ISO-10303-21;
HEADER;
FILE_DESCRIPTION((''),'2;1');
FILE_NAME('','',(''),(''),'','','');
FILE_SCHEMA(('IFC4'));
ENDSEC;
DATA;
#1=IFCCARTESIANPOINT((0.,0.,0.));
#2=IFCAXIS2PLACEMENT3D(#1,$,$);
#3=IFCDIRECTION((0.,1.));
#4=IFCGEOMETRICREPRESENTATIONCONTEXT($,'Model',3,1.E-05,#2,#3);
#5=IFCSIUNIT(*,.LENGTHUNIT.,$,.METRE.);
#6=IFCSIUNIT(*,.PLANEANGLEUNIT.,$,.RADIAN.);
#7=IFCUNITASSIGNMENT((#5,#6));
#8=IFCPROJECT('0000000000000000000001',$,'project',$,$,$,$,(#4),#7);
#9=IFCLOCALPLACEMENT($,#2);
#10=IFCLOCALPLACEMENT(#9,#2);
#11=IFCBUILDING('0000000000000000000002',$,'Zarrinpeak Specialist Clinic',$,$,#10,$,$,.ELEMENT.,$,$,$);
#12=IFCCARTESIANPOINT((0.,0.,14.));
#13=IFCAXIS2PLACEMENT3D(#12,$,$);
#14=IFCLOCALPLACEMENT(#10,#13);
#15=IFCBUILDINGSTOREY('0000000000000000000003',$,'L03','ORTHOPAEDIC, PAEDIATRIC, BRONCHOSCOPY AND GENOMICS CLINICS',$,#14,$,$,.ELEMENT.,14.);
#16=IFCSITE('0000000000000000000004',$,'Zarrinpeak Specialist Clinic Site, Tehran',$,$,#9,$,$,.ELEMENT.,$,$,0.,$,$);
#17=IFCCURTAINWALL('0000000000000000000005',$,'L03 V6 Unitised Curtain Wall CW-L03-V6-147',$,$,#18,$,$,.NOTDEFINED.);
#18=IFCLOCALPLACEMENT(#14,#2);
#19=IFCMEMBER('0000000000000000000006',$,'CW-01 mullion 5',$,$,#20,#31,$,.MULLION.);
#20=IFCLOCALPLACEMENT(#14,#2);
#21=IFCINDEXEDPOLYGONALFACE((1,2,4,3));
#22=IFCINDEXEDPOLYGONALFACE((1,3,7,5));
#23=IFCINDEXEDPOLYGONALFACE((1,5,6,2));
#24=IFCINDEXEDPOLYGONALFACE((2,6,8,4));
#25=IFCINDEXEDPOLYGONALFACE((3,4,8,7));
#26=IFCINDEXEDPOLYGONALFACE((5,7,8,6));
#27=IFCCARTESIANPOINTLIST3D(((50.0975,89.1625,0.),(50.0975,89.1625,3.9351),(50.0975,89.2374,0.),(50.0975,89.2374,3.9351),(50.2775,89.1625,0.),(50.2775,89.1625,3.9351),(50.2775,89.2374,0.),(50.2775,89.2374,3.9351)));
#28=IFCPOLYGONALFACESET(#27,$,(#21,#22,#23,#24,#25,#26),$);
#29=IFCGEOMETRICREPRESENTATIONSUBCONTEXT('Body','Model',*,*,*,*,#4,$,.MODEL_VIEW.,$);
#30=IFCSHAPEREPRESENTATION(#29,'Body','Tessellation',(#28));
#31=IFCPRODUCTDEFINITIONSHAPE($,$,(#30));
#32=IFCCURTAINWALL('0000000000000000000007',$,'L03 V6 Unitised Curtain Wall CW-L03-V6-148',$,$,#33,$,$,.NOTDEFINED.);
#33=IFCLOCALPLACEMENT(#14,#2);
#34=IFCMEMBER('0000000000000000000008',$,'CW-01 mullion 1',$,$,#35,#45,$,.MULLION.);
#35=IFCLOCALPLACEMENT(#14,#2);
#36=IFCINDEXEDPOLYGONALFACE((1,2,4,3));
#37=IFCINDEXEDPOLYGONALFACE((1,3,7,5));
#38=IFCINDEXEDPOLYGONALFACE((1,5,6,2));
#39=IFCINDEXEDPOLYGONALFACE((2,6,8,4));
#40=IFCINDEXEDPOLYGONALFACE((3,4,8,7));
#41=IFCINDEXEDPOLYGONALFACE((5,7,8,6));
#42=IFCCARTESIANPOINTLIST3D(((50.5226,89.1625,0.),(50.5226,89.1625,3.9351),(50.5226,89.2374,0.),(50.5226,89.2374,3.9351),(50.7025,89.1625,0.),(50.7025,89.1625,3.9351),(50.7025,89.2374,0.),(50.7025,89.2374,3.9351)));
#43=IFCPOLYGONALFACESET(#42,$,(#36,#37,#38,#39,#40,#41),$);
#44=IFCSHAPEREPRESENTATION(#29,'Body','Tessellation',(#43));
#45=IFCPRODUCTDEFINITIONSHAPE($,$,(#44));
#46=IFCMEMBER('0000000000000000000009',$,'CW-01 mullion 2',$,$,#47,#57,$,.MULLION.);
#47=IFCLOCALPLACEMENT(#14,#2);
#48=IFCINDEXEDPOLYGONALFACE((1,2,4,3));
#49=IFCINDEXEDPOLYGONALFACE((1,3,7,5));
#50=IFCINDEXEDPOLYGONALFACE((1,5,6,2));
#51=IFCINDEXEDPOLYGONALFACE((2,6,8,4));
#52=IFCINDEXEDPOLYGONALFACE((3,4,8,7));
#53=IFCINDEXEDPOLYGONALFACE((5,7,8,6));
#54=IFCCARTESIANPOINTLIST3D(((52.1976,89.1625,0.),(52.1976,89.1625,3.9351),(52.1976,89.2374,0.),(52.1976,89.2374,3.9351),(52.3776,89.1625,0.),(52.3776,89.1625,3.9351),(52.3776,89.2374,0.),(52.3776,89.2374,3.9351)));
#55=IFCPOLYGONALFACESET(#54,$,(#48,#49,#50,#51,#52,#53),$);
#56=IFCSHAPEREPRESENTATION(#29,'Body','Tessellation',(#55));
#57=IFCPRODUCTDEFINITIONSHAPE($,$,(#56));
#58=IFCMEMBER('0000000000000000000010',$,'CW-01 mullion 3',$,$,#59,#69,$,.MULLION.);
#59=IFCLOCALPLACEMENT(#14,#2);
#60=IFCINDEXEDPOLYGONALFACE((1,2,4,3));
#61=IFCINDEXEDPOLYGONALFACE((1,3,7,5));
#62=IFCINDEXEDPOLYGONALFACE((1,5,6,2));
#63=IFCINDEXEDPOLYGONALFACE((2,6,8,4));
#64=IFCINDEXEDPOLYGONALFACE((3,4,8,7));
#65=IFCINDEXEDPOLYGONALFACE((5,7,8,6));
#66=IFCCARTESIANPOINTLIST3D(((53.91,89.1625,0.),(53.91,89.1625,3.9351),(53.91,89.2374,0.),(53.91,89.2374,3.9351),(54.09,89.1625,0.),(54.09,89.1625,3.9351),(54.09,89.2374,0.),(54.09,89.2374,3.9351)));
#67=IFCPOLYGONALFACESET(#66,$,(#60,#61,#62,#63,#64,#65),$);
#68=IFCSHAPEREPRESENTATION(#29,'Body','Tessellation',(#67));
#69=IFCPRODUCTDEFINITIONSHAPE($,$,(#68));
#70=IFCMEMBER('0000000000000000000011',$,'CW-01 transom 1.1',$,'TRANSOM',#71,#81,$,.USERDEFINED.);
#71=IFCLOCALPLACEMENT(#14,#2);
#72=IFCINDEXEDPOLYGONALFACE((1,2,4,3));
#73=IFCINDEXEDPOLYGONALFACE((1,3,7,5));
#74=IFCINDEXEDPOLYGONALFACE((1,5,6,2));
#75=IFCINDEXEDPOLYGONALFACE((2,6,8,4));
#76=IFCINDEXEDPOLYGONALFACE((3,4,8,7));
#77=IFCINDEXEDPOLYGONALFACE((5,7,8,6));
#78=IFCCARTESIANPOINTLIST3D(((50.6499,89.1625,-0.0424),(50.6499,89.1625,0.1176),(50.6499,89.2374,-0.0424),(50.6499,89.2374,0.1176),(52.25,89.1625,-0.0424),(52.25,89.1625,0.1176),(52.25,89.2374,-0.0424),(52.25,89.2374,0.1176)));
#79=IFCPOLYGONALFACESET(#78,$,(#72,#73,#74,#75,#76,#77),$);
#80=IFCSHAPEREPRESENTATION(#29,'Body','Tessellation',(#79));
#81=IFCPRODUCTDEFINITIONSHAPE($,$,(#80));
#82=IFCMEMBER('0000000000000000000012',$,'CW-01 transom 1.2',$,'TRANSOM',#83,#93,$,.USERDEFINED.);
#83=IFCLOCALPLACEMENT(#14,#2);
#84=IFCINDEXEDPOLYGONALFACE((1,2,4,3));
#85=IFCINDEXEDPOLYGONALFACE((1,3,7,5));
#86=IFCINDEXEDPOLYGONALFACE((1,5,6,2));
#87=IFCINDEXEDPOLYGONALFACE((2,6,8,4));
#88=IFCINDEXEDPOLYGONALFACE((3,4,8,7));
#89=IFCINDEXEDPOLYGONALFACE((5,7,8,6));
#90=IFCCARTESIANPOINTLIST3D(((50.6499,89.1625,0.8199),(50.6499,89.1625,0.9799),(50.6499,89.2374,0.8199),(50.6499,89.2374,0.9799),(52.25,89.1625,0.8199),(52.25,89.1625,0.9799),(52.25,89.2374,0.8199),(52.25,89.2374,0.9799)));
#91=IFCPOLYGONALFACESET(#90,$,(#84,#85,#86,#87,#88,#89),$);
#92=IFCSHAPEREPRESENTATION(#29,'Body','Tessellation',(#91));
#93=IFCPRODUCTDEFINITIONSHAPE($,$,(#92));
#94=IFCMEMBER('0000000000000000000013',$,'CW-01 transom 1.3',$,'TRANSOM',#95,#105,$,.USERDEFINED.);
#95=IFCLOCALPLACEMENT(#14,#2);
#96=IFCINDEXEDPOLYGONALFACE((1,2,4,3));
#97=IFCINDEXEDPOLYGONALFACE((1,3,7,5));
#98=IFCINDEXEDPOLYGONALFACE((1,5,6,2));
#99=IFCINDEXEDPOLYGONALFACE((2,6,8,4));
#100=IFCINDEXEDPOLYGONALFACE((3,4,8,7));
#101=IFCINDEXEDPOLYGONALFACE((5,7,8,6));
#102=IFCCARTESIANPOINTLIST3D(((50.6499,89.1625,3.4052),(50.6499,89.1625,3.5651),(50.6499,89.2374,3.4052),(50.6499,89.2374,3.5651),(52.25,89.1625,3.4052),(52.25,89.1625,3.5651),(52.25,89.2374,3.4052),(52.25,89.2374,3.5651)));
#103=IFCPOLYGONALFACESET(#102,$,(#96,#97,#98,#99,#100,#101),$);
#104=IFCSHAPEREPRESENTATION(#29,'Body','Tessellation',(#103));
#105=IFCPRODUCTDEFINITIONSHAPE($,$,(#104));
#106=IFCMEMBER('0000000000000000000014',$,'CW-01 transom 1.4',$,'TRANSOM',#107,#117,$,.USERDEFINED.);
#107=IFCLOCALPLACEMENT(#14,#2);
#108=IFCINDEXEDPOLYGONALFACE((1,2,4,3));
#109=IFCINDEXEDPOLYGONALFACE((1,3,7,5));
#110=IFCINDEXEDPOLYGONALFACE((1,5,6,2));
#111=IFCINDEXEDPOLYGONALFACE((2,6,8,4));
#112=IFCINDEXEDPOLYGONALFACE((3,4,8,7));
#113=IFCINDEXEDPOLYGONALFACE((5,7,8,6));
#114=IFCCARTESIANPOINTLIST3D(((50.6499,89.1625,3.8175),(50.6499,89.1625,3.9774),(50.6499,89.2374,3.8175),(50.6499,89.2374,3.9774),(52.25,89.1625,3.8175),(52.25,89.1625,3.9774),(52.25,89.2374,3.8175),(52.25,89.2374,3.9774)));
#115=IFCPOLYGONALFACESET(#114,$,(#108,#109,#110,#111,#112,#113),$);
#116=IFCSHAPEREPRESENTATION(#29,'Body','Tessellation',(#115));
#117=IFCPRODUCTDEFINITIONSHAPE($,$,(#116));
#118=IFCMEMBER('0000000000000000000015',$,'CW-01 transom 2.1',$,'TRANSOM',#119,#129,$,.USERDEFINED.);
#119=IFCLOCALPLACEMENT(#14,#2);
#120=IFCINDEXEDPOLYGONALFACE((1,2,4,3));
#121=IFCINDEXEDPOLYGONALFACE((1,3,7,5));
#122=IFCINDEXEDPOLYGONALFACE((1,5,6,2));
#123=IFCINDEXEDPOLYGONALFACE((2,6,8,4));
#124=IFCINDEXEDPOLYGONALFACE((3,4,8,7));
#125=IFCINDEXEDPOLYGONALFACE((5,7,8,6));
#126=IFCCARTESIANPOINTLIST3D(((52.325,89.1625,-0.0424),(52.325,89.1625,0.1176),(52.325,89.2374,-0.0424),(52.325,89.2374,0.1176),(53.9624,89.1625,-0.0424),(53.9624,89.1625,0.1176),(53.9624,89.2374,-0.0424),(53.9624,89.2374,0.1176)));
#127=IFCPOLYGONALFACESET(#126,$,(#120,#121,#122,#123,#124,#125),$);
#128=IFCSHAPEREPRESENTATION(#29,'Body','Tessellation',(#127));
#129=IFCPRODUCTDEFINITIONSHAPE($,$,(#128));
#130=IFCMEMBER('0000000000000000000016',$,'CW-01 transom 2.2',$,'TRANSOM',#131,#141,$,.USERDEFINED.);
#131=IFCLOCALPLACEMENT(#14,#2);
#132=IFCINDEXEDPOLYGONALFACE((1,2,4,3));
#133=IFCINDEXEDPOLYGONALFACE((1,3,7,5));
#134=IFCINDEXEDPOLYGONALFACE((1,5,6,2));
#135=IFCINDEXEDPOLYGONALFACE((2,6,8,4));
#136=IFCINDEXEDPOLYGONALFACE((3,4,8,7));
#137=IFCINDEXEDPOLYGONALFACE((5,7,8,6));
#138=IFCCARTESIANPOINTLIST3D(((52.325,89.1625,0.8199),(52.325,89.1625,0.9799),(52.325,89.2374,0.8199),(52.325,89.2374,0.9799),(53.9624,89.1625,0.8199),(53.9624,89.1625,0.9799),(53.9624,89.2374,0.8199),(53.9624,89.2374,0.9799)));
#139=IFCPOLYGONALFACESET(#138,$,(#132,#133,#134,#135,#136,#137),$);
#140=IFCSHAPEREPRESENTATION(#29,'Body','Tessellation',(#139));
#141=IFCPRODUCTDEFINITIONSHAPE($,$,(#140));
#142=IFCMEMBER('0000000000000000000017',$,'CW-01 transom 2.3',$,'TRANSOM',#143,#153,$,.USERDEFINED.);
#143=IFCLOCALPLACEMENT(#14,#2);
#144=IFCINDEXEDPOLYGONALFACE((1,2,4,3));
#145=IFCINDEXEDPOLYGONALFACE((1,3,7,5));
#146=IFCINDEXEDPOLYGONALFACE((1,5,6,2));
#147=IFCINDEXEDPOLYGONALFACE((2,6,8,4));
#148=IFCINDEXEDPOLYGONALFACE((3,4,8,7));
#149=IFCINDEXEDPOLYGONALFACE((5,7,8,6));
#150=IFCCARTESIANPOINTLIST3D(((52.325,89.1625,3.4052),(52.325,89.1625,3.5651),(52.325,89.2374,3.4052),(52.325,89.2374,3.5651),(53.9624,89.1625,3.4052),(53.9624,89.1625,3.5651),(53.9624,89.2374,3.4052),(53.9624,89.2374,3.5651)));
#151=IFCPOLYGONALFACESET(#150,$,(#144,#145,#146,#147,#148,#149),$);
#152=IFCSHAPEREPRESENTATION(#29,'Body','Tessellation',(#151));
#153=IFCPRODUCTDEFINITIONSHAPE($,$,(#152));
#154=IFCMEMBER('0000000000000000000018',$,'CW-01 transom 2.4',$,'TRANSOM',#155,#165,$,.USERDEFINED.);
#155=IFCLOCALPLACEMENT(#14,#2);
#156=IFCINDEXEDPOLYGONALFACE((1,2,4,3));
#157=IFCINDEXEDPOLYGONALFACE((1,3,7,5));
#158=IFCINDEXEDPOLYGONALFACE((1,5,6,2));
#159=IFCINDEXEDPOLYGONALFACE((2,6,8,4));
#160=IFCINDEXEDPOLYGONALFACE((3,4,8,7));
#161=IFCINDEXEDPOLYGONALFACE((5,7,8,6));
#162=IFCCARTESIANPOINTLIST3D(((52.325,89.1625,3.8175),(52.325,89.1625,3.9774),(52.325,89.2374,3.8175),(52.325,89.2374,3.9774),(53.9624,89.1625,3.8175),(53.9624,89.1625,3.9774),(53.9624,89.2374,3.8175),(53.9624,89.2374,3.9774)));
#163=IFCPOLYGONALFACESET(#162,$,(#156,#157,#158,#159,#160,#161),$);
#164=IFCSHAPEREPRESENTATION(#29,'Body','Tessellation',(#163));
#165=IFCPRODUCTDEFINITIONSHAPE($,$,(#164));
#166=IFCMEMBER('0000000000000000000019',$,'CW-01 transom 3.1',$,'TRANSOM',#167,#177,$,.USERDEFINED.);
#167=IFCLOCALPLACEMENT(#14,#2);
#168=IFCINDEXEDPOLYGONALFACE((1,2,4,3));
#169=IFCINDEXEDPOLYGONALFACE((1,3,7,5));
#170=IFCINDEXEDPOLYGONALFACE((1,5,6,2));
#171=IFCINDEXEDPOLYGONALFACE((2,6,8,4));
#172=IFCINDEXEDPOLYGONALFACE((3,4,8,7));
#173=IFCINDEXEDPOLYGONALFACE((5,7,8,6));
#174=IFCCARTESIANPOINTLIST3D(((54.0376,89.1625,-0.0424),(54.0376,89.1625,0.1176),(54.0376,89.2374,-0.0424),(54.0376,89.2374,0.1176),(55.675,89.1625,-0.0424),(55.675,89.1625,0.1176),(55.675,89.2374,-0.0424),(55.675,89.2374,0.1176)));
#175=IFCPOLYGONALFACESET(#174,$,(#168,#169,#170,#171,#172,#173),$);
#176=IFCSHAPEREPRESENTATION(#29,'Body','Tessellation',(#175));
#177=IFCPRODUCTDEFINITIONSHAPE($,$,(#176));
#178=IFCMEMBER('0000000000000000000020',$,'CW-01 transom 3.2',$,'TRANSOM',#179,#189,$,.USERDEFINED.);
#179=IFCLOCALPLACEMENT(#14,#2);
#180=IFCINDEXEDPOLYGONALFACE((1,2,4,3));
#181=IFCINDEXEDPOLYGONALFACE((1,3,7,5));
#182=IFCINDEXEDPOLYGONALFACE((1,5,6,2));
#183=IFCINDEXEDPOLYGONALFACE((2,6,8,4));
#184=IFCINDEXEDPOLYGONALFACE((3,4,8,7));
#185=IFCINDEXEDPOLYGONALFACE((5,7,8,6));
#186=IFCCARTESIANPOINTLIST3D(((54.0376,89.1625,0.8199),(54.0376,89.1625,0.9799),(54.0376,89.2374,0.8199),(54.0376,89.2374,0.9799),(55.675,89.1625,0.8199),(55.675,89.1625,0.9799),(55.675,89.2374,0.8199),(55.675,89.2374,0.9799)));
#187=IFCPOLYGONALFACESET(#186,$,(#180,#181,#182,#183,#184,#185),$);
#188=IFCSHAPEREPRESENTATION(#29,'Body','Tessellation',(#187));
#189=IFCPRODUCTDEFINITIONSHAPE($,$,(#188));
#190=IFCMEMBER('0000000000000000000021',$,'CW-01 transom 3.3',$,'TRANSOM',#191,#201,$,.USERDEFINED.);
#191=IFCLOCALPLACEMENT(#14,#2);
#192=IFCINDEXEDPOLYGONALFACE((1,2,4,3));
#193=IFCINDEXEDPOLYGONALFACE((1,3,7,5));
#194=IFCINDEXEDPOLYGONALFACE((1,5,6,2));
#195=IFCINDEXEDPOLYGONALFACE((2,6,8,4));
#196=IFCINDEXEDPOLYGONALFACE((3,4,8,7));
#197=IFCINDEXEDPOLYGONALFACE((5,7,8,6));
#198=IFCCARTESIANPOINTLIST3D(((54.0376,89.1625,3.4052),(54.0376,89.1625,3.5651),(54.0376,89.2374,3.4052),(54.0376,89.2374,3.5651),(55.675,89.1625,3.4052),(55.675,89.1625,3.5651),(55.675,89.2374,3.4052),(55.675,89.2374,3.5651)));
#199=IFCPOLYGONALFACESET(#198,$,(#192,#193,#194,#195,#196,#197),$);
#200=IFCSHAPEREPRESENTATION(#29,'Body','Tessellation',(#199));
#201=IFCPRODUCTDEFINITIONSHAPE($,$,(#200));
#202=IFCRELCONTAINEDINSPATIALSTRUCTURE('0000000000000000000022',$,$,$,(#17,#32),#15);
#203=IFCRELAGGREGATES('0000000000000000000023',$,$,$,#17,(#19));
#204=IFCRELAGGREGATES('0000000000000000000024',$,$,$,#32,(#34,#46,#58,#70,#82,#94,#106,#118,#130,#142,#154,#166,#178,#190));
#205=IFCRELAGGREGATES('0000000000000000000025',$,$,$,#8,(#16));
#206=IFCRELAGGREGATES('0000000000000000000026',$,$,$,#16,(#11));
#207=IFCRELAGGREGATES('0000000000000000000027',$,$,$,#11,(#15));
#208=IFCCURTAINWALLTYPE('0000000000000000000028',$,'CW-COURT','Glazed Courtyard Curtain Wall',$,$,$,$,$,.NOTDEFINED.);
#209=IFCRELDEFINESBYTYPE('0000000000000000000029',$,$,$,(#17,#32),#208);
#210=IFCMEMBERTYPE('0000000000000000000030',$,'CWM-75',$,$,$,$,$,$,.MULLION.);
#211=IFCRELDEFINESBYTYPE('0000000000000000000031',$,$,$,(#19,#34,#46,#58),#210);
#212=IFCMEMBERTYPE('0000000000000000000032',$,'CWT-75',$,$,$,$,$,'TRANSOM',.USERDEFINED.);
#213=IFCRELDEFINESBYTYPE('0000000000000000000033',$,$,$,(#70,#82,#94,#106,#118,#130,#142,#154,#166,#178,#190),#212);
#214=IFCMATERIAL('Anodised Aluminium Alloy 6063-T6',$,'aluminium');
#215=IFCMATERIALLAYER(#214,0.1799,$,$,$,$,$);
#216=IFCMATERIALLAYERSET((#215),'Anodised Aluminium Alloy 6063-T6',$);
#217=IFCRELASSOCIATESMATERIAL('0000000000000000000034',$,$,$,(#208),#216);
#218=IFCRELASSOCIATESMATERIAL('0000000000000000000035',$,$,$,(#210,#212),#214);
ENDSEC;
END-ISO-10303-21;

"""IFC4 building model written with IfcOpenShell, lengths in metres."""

from ifc_helpers import new_model, si_unit, direction, frame, origin, origin_2d, place, context, subcontext, project, spatial, rectangle, extrude, material, layer, layer_set, material_profile, profile_set, type_object, element, aggregate, save


model = new_model("IFC4")

# Units and contexts
model_context = context("Model", 3, precision=1e-05, world=origin(), true_north=direction((0.0, 1.0)))
body_context = subcontext(model_context, "Body", "Model", "MODEL_VIEW")
ifc_project = project(units=[si_unit("LENGTHUNIT", "METRE"), si_unit("PLANEANGLEUNIT", "RADIAN")], contexts=[model_context])

# Site, building, storey
site_placement = place(None, origin())
site = spatial("IfcSite", under=ifc_project, at=site_placement, Name="Zarrinpeak Specialist Clinic Site, Tehran", CompositionType="ELEMENT", RefElevation=0.0)
building_placement = place(site_placement, origin())
building = spatial("IfcBuilding", under=site, at=building_placement, Name="Zarrinpeak Specialist Clinic", CompositionType="ELEMENT")
storey_placement = place(building_placement, frame((0.0, 0.0, 14.0)))
storey = spatial("IfcBuildingStorey", under=building, at=storey_placement, Name="L03", Description="ORTHOPAEDIC, PAEDIATRIC, BRONCHOSCOPY AND GENOMICS CLINICS", CompositionType="ELEMENT", Elevation=14.0)

# Curtain wall, member
ifc_material_1 = material(Name="Anodised Aluminium Alloy 6063-T6", Category="aluminium")
ifc_layer_1 = layer(ifc_material_1, 0.1799)
ifc_layer_set_1 = layer_set([ifc_layer_1], Name="Anodised Aluminium Alloy 6063-T6")
curtain_wall_type = type_object("IfcCurtainWallType", Name="CW-COURT", Description="Glazed Courtyard Curtain Wall", PredefinedType="NOTDEFINED", material=ifc_layer_set_1)
curtain_wall_1_placement = place(storey_placement, origin())
curtain_wall_1 = element("IfcCurtainWall", 1, at=curtain_wall_1_placement, inside=storey, type_object=curtain_wall_type, Name="L03 V6 Unitised Curtain Wall CW-L03-V6-147", PredefinedType="NOTDEFINED")
ifc_material_profile_1 = material_profile(ifc_material_1, rectangle(XDim=0.075, YDim=0.1799, at=origin_2d()), Name="ALU 75x180")
ifc_profile_set_1 = profile_set([ifc_material_profile_1], Name="Anodised Aluminium Alloy 6063-T6")
member_type_1 = type_object("IfcMemberType", Name="CWM-75", PredefinedType="MULLION", material=ifc_profile_set_1)
member_1_placement = place(storey_placement, frame((50.1875, 89.2, 0.0), z_axis=(0.0, 0.0, 1.0), x_axis=(0.0, 1.0, 0.0)))
member_1 = element("IfcMember", 2, at=member_1_placement, type_object=member_type_1, Name="CW-01 mullion 5", PredefinedType="MULLION", context=body_context, shape_type="SweptSolid", body=[
    extrude(rectangle(XDim=0.075, YDim=0.1799, at=origin_2d()), origin(), (0.0, 0.0, 1.0), 3.9351),
])
aggregate(curtain_wall_1, [member_1])

# Curtain wall, members
curtain_wall_2_placement = place(storey_placement, origin())
curtain_wall_2 = element("IfcCurtainWall", 3, at=curtain_wall_2_placement, inside=storey, type_object=curtain_wall_type, Name="L03 V6 Unitised Curtain Wall CW-L03-V6-148", PredefinedType="NOTDEFINED")
member_2_placement = place(storey_placement, frame((50.6125, 89.2, 0.0), z_axis=(0.0, 0.0, 1.0), x_axis=(0.0, 1.0, 0.0)))
member_2 = element("IfcMember", 4, at=member_2_placement, type_object=member_type_1, Name="CW-01 mullion 1", PredefinedType="MULLION", context=body_context, shape_type="SweptSolid", body=[
    extrude(rectangle(XDim=0.075, YDim=0.1799, at=origin_2d()), origin(), (0.0, 0.0, 1.0), 3.9351),
])
member_3_placement = place(storey_placement, frame((52.2876, 89.2, 0.0), z_axis=(0.0, 0.0, 1.0), x_axis=(0.0, 1.0, 0.0)))
member_3 = element("IfcMember", 5, at=member_3_placement, type_object=member_type_1, Name="CW-01 mullion 2", PredefinedType="MULLION", context=body_context, shape_type="SweptSolid", body=[
    extrude(rectangle(XDim=0.075, YDim=0.1799, at=origin_2d()), origin(), (0.0, 0.0, 1.0), 3.9351),
])
member_4_placement = place(storey_placement, frame((54.0, 89.2, 0.0), z_axis=(0.0, 0.0, 1.0), x_axis=(0.0, 1.0, 0.0)))
member_4 = element("IfcMember", 6, at=member_4_placement, type_object=member_type_1, Name="CW-01 mullion 3", PredefinedType="MULLION", context=body_context, shape_type="SweptSolid", body=[
    extrude(rectangle(XDim=0.075, YDim=0.1799, at=origin_2d()), origin(), (0.0, 0.0, 1.0), 3.9351),
])
ifc_material_profile_2 = material_profile(ifc_material_1, rectangle(XDim=0.075, YDim=0.1599, at=origin_2d()), Name="ALU 75x160")
ifc_profile_set_2 = profile_set([ifc_material_profile_2], Name="Anodised Aluminium Alloy 6063-T6")
member_type_2 = type_object("IfcMemberType", Name="CWT-75", ElementType="TRANSOM", PredefinedType="USERDEFINED", material=ifc_profile_set_2)
member_5_placement = place(storey_placement, frame((50.6499, 89.2, 0.0376), z_axis=(1.0, 0.0, 0.0), x_axis=(0.0, 1.0, 0.0)))
member_5 = element("IfcMember", 7, at=member_5_placement, type_object=member_type_2, Name="CW-01 transom 1.1", ObjectType="TRANSOM", PredefinedType="USERDEFINED", context=body_context, shape_type="SweptSolid", body=[
    extrude(rectangle(XDim=0.075, YDim=0.1599, at=origin_2d()), origin(), (0.0, 0.0, 1.0), 1.6001),
])
member_6_placement = place(storey_placement, frame((50.6499, 89.2, 0.8999), z_axis=(1.0, 0.0, 0.0), x_axis=(0.0, 1.0, 0.0)))
member_6 = element("IfcMember", 8, at=member_6_placement, type_object=member_type_2, Name="CW-01 transom 1.2", ObjectType="TRANSOM", PredefinedType="USERDEFINED", context=body_context, shape_type="SweptSolid", body=[
    extrude(rectangle(XDim=0.075, YDim=0.1599, at=origin_2d()), origin(), (0.0, 0.0, 1.0), 1.6001),
])
member_7_placement = place(storey_placement, frame((50.6499, 89.2, 3.4851), z_axis=(1.0, 0.0, 0.0), x_axis=(0.0, 1.0, 0.0)))
member_7 = element("IfcMember", 9, at=member_7_placement, type_object=member_type_2, Name="CW-01 transom 1.3", ObjectType="TRANSOM", PredefinedType="USERDEFINED", context=body_context, shape_type="SweptSolid", body=[
    extrude(rectangle(XDim=0.075, YDim=0.1599, at=origin_2d()), origin(), (0.0, 0.0, 1.0), 1.6001),
])
member_8_placement = place(storey_placement, frame((50.6499, 89.2, 3.8975), z_axis=(1.0, 0.0, 0.0), x_axis=(0.0, 1.0, 0.0)))
member_8 = element("IfcMember", 10, at=member_8_placement, type_object=member_type_2, Name="CW-01 transom 1.4", ObjectType="TRANSOM", PredefinedType="USERDEFINED", context=body_context, shape_type="SweptSolid", body=[
    extrude(rectangle(XDim=0.075, YDim=0.1599, at=origin_2d()), origin(), (0.0, 0.0, 1.0), 1.6001),
])
member_9_placement = place(storey_placement, frame((52.325, 89.2, 0.0376), z_axis=(1.0, 0.0, 0.0), x_axis=(0.0, 1.0, 0.0)))
member_9 = element("IfcMember", 11, at=member_9_placement, type_object=member_type_2, Name="CW-01 transom 2.1", ObjectType="TRANSOM", PredefinedType="USERDEFINED", context=body_context, shape_type="SweptSolid", body=[
    extrude(rectangle(XDim=0.075, YDim=0.1599, at=origin_2d()), origin(), (0.0, 0.0, 1.0), 1.6375),
])
member_10_placement = place(storey_placement, frame((52.325, 89.2, 0.8999), z_axis=(1.0, 0.0, 0.0), x_axis=(0.0, 1.0, 0.0)))
member_10 = element("IfcMember", 12, at=member_10_placement, type_object=member_type_2, Name="CW-01 transom 2.2", ObjectType="TRANSOM", PredefinedType="USERDEFINED", context=body_context, shape_type="SweptSolid", body=[
    extrude(rectangle(XDim=0.075, YDim=0.1599, at=origin_2d()), origin(), (0.0, 0.0, 1.0), 1.6375),
])
member_11_placement = place(storey_placement, frame((52.325, 89.2, 3.4851), z_axis=(1.0, 0.0, 0.0), x_axis=(0.0, 1.0, 0.0)))
member_11 = element("IfcMember", 13, at=member_11_placement, type_object=member_type_2, Name="CW-01 transom 2.3", ObjectType="TRANSOM", PredefinedType="USERDEFINED", context=body_context, shape_type="SweptSolid", body=[
    extrude(rectangle(XDim=0.075, YDim=0.1599, at=origin_2d()), origin(), (0.0, 0.0, 1.0), 1.6375),
])
member_12_placement = place(storey_placement, frame((52.325, 89.2, 3.8975), z_axis=(1.0, 0.0, 0.0), x_axis=(0.0, 1.0, 0.0)))
member_12 = element("IfcMember", 14, at=member_12_placement, type_object=member_type_2, Name="CW-01 transom 2.4", ObjectType="TRANSOM", PredefinedType="USERDEFINED", context=body_context, shape_type="SweptSolid", body=[
    extrude(rectangle(XDim=0.075, YDim=0.1599, at=origin_2d()), origin(), (0.0, 0.0, 1.0), 1.6375),
])
member_13_placement = place(storey_placement, frame((54.0376, 89.2, 0.0376), z_axis=(1.0, 0.0, 0.0), x_axis=(0.0, 1.0, 0.0)))
member_13 = element("IfcMember", 15, at=member_13_placement, type_object=member_type_2, Name="CW-01 transom 3.1", ObjectType="TRANSOM", PredefinedType="USERDEFINED", context=body_context, shape_type="SweptSolid", body=[
    extrude(rectangle(XDim=0.075, YDim=0.1599, at=origin_2d()), origin(), (0.0, 0.0, 1.0), 1.6375),
])
member_14_placement = place(storey_placement, frame((54.0376, 89.2, 0.8999), z_axis=(1.0, 0.0, 0.0), x_axis=(0.0, 1.0, 0.0)))
member_14 = element("IfcMember", 16, at=member_14_placement, type_object=member_type_2, Name="CW-01 transom 3.2", ObjectType="TRANSOM", PredefinedType="USERDEFINED", context=body_context, shape_type="SweptSolid", body=[
    extrude(rectangle(XDim=0.075, YDim=0.1599, at=origin_2d()), origin(), (0.0, 0.0, 1.0), 1.6375),
])
member_15_placement = place(storey_placement, frame((54.0376, 89.2, 3.4851), z_axis=(1.0, 0.0, 0.0), x_axis=(0.0, 1.0, 0.0)))
member_15 = element("IfcMember", 17, at=member_15_placement, type_object=member_type_2, Name="CW-01 transom 3.3", ObjectType="TRANSOM", PredefinedType="USERDEFINED", context=body_context, shape_type="SweptSolid", body=[
    extrude(rectangle(XDim=0.075, YDim=0.1599, at=origin_2d()), origin(), (0.0, 0.0, 1.0), 1.6375),
])
aggregate(curtain_wall_2, [member_2, member_3, member_4, member_5, member_6, member_7, member_8, member_9, member_10, member_11, member_12, member_13, member_14, member_15])

save(model, "model.ifc")
